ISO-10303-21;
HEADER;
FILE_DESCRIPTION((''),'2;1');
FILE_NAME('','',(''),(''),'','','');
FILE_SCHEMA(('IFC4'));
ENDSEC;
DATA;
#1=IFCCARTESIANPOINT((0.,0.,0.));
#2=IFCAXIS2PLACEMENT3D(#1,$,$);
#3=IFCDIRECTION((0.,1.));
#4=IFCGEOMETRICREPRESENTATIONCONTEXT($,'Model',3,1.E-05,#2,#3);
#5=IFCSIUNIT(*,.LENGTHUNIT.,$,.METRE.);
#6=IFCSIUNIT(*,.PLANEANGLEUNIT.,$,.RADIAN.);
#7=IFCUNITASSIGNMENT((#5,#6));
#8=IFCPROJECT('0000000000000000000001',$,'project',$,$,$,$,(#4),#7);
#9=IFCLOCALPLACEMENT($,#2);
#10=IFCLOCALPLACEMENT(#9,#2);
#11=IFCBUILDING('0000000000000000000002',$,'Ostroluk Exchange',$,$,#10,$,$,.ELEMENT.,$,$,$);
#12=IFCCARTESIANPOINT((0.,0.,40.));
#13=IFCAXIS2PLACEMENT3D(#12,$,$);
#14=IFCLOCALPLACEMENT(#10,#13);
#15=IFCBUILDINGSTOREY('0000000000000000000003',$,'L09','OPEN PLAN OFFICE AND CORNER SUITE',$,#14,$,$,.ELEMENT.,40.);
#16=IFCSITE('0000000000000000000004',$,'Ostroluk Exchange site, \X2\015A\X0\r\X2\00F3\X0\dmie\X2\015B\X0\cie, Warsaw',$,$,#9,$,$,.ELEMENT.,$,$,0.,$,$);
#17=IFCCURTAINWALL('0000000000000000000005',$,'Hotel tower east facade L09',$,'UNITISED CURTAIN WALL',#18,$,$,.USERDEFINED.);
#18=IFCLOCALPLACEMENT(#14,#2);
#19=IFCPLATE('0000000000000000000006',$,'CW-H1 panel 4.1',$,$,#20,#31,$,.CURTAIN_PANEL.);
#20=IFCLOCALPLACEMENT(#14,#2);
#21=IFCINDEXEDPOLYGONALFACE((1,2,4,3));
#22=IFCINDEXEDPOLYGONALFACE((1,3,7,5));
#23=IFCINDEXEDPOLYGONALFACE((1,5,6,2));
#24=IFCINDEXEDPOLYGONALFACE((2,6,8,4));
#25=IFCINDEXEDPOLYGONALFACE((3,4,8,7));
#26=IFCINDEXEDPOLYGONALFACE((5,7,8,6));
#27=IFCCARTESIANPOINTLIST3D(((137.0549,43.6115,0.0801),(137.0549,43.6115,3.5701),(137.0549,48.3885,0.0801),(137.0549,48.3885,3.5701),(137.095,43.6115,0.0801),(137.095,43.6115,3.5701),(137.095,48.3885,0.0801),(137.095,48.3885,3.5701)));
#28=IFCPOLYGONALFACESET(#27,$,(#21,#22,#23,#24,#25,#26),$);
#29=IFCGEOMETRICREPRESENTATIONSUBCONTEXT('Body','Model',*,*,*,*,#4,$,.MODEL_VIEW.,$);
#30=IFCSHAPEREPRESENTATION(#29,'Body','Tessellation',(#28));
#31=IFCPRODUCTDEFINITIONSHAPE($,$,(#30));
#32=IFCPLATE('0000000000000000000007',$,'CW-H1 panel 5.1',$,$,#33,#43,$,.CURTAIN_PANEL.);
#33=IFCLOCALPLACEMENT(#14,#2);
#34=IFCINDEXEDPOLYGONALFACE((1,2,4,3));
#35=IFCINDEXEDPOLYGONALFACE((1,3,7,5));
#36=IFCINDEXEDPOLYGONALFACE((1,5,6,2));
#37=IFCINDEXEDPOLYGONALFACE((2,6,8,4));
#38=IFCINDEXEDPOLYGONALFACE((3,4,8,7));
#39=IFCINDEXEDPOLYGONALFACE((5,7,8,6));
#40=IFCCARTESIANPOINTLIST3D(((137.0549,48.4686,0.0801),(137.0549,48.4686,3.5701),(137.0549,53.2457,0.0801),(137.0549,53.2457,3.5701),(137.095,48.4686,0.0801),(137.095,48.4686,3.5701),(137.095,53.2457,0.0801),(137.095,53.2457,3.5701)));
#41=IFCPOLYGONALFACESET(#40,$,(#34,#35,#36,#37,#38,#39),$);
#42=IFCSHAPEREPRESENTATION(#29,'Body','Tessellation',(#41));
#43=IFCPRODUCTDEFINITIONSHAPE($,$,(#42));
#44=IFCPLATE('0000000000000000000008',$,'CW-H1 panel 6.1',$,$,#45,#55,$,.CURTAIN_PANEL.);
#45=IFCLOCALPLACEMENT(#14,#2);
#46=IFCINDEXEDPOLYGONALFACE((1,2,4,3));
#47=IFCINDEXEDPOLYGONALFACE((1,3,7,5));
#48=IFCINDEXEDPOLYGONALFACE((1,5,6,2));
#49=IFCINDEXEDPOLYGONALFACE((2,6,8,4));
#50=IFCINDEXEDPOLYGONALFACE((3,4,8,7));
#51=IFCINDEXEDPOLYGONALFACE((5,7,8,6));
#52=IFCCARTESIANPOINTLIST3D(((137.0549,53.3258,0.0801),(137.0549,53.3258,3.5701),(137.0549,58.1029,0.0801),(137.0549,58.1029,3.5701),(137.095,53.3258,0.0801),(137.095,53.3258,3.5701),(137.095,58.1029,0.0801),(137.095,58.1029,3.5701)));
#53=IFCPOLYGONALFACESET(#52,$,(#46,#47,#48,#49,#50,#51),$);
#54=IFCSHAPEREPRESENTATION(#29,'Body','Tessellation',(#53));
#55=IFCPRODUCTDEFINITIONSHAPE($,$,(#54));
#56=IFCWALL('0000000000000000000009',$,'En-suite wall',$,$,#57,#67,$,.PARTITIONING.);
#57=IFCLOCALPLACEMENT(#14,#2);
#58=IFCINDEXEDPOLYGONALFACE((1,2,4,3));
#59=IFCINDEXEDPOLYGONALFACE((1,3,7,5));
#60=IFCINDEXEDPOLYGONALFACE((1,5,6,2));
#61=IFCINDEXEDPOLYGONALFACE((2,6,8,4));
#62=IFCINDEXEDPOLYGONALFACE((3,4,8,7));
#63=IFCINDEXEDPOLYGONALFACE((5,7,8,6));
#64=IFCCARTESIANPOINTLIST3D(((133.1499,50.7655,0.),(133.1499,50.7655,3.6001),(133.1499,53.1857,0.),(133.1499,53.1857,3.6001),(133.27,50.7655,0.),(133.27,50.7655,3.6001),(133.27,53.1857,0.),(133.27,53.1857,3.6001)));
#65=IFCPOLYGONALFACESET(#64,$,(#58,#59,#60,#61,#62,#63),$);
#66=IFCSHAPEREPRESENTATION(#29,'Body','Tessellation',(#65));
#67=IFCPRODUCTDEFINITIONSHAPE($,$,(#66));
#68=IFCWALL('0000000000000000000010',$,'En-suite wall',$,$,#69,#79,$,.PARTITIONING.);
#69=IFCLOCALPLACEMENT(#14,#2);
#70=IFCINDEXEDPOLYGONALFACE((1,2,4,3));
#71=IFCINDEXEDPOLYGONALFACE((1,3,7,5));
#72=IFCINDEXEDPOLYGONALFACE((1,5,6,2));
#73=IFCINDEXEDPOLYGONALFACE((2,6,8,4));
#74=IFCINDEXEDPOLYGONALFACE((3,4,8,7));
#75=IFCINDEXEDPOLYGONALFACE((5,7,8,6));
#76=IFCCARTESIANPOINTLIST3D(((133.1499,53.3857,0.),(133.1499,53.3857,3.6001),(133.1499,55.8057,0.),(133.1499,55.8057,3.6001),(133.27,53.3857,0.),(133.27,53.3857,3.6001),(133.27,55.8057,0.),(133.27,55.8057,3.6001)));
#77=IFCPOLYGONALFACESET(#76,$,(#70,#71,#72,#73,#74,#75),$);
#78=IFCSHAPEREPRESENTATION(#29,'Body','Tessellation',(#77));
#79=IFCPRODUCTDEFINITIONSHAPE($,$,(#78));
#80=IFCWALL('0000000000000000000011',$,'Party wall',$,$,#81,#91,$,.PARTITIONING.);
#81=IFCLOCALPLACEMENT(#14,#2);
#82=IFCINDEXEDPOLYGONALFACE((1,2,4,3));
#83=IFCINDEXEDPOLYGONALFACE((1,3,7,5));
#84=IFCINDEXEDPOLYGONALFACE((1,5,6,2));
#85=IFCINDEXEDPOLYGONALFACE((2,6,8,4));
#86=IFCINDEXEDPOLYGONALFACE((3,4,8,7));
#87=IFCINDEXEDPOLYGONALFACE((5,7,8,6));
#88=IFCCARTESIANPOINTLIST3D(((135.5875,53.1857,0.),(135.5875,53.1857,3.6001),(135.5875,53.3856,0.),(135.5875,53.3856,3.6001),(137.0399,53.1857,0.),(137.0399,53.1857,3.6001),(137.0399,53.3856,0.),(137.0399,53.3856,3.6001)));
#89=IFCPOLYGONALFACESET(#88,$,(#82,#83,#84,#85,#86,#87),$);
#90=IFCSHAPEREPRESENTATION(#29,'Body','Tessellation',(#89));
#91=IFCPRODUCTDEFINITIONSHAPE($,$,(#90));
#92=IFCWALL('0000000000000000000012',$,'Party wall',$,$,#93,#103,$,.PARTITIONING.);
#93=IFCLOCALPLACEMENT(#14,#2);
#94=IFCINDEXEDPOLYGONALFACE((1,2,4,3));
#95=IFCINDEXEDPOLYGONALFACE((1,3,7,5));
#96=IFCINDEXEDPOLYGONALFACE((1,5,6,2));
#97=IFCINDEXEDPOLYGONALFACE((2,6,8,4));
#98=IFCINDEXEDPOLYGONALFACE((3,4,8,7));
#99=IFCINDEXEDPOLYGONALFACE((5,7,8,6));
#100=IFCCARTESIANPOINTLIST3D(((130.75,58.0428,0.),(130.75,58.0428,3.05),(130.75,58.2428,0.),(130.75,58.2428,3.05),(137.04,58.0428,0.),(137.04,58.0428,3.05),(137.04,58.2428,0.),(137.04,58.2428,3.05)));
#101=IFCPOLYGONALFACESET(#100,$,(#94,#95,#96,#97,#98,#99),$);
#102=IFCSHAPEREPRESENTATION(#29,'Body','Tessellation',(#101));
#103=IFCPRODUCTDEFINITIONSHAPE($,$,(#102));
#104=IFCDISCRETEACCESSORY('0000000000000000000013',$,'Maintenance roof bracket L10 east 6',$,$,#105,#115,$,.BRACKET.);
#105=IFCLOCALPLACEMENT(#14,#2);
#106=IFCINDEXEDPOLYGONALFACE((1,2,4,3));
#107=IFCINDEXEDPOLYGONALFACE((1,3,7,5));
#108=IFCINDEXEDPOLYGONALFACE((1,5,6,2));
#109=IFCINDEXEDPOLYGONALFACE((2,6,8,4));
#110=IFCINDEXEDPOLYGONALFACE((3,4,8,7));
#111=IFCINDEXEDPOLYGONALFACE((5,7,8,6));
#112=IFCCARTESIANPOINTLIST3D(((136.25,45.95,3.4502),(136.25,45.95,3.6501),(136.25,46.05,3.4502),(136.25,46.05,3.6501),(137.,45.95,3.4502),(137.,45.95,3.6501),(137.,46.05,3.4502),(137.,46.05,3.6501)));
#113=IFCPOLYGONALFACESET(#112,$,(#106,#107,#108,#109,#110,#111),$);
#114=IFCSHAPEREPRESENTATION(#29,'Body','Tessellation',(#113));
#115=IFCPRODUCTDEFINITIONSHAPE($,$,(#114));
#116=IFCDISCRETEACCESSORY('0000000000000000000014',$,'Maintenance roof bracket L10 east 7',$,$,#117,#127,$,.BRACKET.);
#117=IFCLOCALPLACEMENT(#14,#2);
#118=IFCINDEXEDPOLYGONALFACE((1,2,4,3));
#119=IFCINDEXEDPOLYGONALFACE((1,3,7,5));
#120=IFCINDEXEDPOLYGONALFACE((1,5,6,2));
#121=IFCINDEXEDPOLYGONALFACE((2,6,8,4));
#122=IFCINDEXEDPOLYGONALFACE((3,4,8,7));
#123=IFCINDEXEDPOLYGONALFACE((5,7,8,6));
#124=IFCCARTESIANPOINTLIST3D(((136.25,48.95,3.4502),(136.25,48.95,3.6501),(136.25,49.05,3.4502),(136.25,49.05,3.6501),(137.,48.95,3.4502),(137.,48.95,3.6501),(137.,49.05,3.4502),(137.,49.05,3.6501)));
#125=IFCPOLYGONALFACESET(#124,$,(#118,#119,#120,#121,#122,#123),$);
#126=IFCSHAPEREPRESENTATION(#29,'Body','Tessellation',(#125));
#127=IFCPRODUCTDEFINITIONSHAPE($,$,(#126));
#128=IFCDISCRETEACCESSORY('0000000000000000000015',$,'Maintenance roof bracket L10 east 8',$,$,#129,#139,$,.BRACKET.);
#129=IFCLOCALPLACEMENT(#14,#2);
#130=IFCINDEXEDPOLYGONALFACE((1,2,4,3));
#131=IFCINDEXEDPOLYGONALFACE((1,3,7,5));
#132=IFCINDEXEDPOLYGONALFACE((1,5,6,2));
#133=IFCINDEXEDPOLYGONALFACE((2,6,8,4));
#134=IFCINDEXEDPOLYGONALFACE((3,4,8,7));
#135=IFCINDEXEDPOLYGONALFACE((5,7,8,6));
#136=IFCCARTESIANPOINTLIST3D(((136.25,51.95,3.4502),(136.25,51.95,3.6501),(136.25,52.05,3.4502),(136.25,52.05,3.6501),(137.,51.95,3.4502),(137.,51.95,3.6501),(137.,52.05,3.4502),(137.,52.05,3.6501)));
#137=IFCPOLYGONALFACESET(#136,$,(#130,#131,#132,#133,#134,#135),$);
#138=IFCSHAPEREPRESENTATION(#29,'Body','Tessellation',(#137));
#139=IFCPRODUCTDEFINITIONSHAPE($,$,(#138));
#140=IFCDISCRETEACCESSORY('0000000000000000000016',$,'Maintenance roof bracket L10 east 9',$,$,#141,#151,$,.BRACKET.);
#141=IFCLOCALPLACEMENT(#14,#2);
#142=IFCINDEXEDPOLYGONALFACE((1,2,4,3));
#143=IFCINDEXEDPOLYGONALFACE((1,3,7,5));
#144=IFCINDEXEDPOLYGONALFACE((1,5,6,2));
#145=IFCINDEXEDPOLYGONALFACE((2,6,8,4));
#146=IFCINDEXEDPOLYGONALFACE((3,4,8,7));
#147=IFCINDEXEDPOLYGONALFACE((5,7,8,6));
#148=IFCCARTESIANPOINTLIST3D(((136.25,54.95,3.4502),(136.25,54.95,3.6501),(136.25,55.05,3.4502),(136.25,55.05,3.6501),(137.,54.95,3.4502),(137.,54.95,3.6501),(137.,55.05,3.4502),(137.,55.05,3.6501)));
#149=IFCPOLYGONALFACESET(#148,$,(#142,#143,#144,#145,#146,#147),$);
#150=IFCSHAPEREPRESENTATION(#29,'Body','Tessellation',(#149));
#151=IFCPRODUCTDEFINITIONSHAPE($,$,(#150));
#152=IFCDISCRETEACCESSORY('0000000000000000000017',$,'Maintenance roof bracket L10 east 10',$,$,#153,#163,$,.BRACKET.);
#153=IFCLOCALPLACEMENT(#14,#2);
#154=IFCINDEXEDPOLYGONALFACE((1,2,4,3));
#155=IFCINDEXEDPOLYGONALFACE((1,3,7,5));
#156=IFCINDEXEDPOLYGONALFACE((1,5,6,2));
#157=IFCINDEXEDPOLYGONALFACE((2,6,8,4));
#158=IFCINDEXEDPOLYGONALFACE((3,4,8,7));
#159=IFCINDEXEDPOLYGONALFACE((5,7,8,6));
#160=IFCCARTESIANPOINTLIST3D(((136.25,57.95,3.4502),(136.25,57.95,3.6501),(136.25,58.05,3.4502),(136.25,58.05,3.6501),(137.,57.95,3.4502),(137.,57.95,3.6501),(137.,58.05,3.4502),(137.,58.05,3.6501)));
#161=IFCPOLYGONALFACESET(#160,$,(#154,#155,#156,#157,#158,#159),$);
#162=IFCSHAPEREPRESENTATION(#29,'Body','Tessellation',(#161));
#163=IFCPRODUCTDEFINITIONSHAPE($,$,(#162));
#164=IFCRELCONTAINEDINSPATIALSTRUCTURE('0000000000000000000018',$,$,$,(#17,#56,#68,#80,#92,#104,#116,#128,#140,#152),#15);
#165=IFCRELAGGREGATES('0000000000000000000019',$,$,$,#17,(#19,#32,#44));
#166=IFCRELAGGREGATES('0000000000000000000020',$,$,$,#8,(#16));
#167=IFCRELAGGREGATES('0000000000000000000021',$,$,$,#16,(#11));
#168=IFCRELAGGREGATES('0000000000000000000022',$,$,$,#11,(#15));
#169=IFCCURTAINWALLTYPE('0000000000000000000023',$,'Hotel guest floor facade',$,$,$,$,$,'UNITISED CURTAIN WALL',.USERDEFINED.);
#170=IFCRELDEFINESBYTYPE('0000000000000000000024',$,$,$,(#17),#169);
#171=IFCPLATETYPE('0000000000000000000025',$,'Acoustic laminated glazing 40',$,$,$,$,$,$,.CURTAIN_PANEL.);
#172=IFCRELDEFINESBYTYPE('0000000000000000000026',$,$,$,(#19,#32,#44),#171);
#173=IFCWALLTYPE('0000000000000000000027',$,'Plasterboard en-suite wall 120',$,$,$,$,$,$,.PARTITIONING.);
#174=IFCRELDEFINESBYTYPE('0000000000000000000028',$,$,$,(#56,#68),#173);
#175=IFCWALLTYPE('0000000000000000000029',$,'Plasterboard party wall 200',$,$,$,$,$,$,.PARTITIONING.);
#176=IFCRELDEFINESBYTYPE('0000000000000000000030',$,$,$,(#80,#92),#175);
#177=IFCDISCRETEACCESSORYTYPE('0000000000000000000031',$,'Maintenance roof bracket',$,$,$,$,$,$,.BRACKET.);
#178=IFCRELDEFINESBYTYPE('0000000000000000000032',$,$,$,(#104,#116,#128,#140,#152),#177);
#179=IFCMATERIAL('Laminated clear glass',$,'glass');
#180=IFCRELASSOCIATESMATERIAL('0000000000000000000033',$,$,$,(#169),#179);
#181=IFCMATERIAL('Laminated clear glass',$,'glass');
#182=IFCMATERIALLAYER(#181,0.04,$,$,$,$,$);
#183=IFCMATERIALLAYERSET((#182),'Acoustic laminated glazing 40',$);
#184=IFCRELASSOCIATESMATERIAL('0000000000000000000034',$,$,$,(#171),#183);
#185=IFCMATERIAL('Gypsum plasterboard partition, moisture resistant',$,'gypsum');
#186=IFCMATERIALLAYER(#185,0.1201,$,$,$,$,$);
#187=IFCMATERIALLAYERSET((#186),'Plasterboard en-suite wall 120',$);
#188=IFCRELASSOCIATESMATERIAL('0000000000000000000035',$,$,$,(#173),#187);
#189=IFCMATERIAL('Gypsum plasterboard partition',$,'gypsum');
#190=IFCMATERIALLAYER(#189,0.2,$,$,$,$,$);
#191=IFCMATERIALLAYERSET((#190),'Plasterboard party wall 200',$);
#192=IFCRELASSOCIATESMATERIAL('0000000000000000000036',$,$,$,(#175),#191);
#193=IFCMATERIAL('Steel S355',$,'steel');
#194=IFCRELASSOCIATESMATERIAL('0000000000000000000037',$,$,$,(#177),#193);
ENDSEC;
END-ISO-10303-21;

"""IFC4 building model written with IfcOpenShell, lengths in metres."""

from ifc_helpers import new_model, si_unit, direction, frame, frame_2d, origin, origin_2d, place, context, subcontext, project, spatial, rectangle, extrude, material, layer, layer_set, type_object, element, aggregate, save


model = new_model("IFC4")

# Units and contexts
model_context = context("Model", 3, precision=1e-05, world=origin(), true_north=direction((0.0, 1.0)))
body_context = subcontext(model_context, "Body", "Model", "MODEL_VIEW")
ifc_project = project(units=[si_unit("LENGTHUNIT", "METRE"), si_unit("PLANEANGLEUNIT", "RADIAN")], contexts=[model_context])

# Site, building, storey
site_placement = place(None, origin())
site = spatial("IfcSite", under=ifc_project, at=site_placement, Name="Ostroluk Exchange site, Śródmieście, Warsaw", CompositionType="ELEMENT", RefElevation=0.0)
building_placement = place(site_placement, origin())
building = spatial("IfcBuilding", under=site, at=building_placement, Name="Ostroluk Exchange", CompositionType="ELEMENT")
storey_placement = place(building_placement, frame((0.0, 0.0, 40.0)))
storey = spatial("IfcBuildingStorey", under=building, at=storey_placement, Name="L09", Description="OPEN PLAN OFFICE AND CORNER SUITE", CompositionType="ELEMENT", Elevation=40.0)

# Curtain wall, plates
ifc_material_1 = material(Name="Laminated clear glass", Category="glass")
curtain_wall_type = type_object("IfcCurtainWallType", Name="Hotel guest floor facade", ElementType="UNITISED CURTAIN WALL", PredefinedType="USERDEFINED", material=ifc_material_1)
curtain_wall_placement = place(storey_placement, origin())
curtain_wall = element("IfcCurtainWall", 1, at=curtain_wall_placement, inside=storey, type_object=curtain_wall_type, Name="Hotel tower east facade L09", ObjectType="UNITISED CURTAIN WALL", PredefinedType="USERDEFINED")
ifc_material_2 = material(Name="Laminated clear glass", Category="glass")
ifc_layer_1 = layer(ifc_material_2, 0.04)
ifc_layer_set_1 = layer_set([ifc_layer_1], Name="Acoustic laminated glazing 40")
plate_type = type_object("IfcPlateType", Name="Acoustic laminated glazing 40", PredefinedType="CURTAIN_PANEL", material=ifc_layer_set_1)
plate_1_placement = place(storey_placement, frame((137.075, 46.0, 0.0801), z_axis=(0.0, 0.0, 1.0), x_axis=(0.0, 1.0, 0.0)))
plate_1 = element("IfcPlate", 2, at=plate_1_placement, type_object=plate_type, Name="CW-H1 panel 4.1", PredefinedType="CURTAIN_PANEL", context=body_context, shape_type="SweptSolid", body=[
    extrude(rectangle(XDim=4.7771, YDim=0.04, at=origin_2d()), origin(), (0.0, 0.0, 1.0), 3.49),
])
plate_2_placement = place(storey_placement, frame((137.075, 50.8572, 0.0801), z_axis=(0.0, 0.0, 1.0), x_axis=(0.0, 1.0, 0.0)))
plate_2 = element("IfcPlate", 3, at=plate_2_placement, type_object=plate_type, Name="CW-H1 panel 5.1", PredefinedType="CURTAIN_PANEL", context=body_context, shape_type="SweptSolid", body=[
    extrude(rectangle(XDim=4.7771, YDim=0.04, at=origin_2d()), origin(), (0.0, 0.0, 1.0), 3.49),
])
plate_3_placement = place(storey_placement, frame((137.075, 55.7144, 0.0801), z_axis=(0.0, 0.0, 1.0), x_axis=(0.0, 1.0, 0.0)))
plate_3 = element("IfcPlate", 4, at=plate_3_placement, type_object=plate_type, Name="CW-H1 panel 6.1", PredefinedType="CURTAIN_PANEL", context=body_context, shape_type="SweptSolid", body=[
    extrude(rectangle(XDim=4.7771, YDim=0.04, at=origin_2d()), origin(), (0.0, 0.0, 1.0), 3.49),
])
aggregate(curtain_wall, [plate_1, plate_2, plate_3])

# Walls
ifc_material_3 = material(Name="Gypsum plasterboard partition, moisture resistant", Category="gypsum")
ifc_layer_2 = layer(ifc_material_3, 0.1201)
ifc_layer_set_2 = layer_set([ifc_layer_2], Name="Plasterboard en-suite wall 120")
wall_type_1 = type_object("IfcWallType", Name="Plasterboard en-suite wall 120", PredefinedType="PARTITIONING", material=ifc_layer_set_2)
wall_1_placement = place(storey_placement, frame((133.21, 50.7656, 0.0), z_axis=(0.0, 0.0, 1.0), x_axis=(0.0, 1.0, 0.0)))
element("IfcWall", 5, at=wall_1_placement, inside=storey, type_object=wall_type_1, Name="En-suite wall", PredefinedType="PARTITIONING", context=body_context, shape_type="SweptSolid", body=[
    extrude(rectangle(XDim=2.4202, YDim=0.1201, at=frame_2d((1.21, 0.0))), origin(), (0.0, 0.0, 1.0), 3.6001),
])
wall_2_placement = place(storey_placement, frame((133.21, 53.3857, 0.0), z_axis=(0.0, 0.0, 1.0), x_axis=(0.0, 1.0, 0.0)))
element("IfcWall", 6, at=wall_2_placement, inside=storey, type_object=wall_type_1, Name="En-suite wall", PredefinedType="PARTITIONING", context=body_context, shape_type="SweptSolid", body=[
    extrude(rectangle(XDim=2.4199, YDim=0.1201, at=frame_2d((1.21, 0.0))), origin(), (0.0, 0.0, 1.0), 3.6001),
])
ifc_material_4 = material(Name="Gypsum plasterboard partition", Category="gypsum")
ifc_layer_3 = layer(ifc_material_4, 0.2)
ifc_layer_set_3 = layer_set([ifc_layer_3], Name="Plasterboard party wall 200")
wall_type_2 = type_object("IfcWallType", Name="Plasterboard party wall 200", PredefinedType="PARTITIONING", material=ifc_layer_set_3)
wall_3_placement = place(storey_placement, frame((135.5876, 53.2856, 0.0), z_axis=(0.0, 0.0, 1.0), x_axis=(1.0, 0.0, 0.0)))
element("IfcWall", 7, at=wall_3_placement, inside=storey, type_object=wall_type_2, Name="Party wall", PredefinedType="PARTITIONING", context=body_context, shape_type="SweptSolid", body=[
    extrude(rectangle(XDim=1.4524, YDim=0.2, at=frame_2d((0.7261, 0.0))), origin(), (0.0, 0.0, 1.0), 3.6001),
])
wall_4_placement = place(storey_placement, frame((130.75, 58.1428, 0.0), z_axis=(0.0, 0.0, 1.0), x_axis=(1.0, 0.0, 0.0)))
element("IfcWall", 8, at=wall_4_placement, inside=storey, type_object=wall_type_2, Name="Party wall", PredefinedType="PARTITIONING", context=body_context, shape_type="SweptSolid", body=[
    extrude(rectangle(XDim=6.29, YDim=0.2, at=frame_2d((3.145, 0.0))), origin(), (0.0, 0.0, 1.0), 3.05),
])

# Discrete accessories
ifc_material_5 = material(Name="Steel S355", Category="steel")
discrete_accessory_type = type_object("IfcDiscreteAccessoryType", Name="Maintenance roof bracket", PredefinedType="BRACKET", material=ifc_material_5)
for number, where, z_axis, x_axis, name in (
    (9, (136.625, 46.0, 3.4502), (0.0, 0.0, 1.0), (1.0, 0.0, 0.0), "Maintenance roof bracket L10 east 6"),
    (10, (136.625, 49.0, 3.4502), (0.0, 0.0, 1.0), (1.0, 0.0, 0.0), "Maintenance roof bracket L10 east 7"),
    (11, (136.625, 52.0, 3.4502), (0.0, 0.0, 1.0), (1.0, 0.0, 0.0), "Maintenance roof bracket L10 east 8"),
    (12, (136.625, 55.0, 3.4502), (0.0, 0.0, 1.0), (1.0, 0.0, 0.0), "Maintenance roof bracket L10 east 9"),
    (13, (136.625, 58.0, 3.4502), (0.0, 0.0, 1.0), (1.0, 0.0, 0.0), "Maintenance roof bracket L10 east 10"),
):
    element("IfcDiscreteAccessory", number, at=place(storey_placement, frame(where, z_axis=z_axis, x_axis=x_axis)), inside=storey, type_object=discrete_accessory_type, Name=name, PredefinedType="BRACKET", context=body_context, shape_type="SweptSolid", body=[
        extrude(rectangle(XDim=0.75, YDim=0.1001, at=origin_2d()), origin(), (0.0, 0.0, 1.0), 0.2),
    ])

save(model, "model.ifc")
